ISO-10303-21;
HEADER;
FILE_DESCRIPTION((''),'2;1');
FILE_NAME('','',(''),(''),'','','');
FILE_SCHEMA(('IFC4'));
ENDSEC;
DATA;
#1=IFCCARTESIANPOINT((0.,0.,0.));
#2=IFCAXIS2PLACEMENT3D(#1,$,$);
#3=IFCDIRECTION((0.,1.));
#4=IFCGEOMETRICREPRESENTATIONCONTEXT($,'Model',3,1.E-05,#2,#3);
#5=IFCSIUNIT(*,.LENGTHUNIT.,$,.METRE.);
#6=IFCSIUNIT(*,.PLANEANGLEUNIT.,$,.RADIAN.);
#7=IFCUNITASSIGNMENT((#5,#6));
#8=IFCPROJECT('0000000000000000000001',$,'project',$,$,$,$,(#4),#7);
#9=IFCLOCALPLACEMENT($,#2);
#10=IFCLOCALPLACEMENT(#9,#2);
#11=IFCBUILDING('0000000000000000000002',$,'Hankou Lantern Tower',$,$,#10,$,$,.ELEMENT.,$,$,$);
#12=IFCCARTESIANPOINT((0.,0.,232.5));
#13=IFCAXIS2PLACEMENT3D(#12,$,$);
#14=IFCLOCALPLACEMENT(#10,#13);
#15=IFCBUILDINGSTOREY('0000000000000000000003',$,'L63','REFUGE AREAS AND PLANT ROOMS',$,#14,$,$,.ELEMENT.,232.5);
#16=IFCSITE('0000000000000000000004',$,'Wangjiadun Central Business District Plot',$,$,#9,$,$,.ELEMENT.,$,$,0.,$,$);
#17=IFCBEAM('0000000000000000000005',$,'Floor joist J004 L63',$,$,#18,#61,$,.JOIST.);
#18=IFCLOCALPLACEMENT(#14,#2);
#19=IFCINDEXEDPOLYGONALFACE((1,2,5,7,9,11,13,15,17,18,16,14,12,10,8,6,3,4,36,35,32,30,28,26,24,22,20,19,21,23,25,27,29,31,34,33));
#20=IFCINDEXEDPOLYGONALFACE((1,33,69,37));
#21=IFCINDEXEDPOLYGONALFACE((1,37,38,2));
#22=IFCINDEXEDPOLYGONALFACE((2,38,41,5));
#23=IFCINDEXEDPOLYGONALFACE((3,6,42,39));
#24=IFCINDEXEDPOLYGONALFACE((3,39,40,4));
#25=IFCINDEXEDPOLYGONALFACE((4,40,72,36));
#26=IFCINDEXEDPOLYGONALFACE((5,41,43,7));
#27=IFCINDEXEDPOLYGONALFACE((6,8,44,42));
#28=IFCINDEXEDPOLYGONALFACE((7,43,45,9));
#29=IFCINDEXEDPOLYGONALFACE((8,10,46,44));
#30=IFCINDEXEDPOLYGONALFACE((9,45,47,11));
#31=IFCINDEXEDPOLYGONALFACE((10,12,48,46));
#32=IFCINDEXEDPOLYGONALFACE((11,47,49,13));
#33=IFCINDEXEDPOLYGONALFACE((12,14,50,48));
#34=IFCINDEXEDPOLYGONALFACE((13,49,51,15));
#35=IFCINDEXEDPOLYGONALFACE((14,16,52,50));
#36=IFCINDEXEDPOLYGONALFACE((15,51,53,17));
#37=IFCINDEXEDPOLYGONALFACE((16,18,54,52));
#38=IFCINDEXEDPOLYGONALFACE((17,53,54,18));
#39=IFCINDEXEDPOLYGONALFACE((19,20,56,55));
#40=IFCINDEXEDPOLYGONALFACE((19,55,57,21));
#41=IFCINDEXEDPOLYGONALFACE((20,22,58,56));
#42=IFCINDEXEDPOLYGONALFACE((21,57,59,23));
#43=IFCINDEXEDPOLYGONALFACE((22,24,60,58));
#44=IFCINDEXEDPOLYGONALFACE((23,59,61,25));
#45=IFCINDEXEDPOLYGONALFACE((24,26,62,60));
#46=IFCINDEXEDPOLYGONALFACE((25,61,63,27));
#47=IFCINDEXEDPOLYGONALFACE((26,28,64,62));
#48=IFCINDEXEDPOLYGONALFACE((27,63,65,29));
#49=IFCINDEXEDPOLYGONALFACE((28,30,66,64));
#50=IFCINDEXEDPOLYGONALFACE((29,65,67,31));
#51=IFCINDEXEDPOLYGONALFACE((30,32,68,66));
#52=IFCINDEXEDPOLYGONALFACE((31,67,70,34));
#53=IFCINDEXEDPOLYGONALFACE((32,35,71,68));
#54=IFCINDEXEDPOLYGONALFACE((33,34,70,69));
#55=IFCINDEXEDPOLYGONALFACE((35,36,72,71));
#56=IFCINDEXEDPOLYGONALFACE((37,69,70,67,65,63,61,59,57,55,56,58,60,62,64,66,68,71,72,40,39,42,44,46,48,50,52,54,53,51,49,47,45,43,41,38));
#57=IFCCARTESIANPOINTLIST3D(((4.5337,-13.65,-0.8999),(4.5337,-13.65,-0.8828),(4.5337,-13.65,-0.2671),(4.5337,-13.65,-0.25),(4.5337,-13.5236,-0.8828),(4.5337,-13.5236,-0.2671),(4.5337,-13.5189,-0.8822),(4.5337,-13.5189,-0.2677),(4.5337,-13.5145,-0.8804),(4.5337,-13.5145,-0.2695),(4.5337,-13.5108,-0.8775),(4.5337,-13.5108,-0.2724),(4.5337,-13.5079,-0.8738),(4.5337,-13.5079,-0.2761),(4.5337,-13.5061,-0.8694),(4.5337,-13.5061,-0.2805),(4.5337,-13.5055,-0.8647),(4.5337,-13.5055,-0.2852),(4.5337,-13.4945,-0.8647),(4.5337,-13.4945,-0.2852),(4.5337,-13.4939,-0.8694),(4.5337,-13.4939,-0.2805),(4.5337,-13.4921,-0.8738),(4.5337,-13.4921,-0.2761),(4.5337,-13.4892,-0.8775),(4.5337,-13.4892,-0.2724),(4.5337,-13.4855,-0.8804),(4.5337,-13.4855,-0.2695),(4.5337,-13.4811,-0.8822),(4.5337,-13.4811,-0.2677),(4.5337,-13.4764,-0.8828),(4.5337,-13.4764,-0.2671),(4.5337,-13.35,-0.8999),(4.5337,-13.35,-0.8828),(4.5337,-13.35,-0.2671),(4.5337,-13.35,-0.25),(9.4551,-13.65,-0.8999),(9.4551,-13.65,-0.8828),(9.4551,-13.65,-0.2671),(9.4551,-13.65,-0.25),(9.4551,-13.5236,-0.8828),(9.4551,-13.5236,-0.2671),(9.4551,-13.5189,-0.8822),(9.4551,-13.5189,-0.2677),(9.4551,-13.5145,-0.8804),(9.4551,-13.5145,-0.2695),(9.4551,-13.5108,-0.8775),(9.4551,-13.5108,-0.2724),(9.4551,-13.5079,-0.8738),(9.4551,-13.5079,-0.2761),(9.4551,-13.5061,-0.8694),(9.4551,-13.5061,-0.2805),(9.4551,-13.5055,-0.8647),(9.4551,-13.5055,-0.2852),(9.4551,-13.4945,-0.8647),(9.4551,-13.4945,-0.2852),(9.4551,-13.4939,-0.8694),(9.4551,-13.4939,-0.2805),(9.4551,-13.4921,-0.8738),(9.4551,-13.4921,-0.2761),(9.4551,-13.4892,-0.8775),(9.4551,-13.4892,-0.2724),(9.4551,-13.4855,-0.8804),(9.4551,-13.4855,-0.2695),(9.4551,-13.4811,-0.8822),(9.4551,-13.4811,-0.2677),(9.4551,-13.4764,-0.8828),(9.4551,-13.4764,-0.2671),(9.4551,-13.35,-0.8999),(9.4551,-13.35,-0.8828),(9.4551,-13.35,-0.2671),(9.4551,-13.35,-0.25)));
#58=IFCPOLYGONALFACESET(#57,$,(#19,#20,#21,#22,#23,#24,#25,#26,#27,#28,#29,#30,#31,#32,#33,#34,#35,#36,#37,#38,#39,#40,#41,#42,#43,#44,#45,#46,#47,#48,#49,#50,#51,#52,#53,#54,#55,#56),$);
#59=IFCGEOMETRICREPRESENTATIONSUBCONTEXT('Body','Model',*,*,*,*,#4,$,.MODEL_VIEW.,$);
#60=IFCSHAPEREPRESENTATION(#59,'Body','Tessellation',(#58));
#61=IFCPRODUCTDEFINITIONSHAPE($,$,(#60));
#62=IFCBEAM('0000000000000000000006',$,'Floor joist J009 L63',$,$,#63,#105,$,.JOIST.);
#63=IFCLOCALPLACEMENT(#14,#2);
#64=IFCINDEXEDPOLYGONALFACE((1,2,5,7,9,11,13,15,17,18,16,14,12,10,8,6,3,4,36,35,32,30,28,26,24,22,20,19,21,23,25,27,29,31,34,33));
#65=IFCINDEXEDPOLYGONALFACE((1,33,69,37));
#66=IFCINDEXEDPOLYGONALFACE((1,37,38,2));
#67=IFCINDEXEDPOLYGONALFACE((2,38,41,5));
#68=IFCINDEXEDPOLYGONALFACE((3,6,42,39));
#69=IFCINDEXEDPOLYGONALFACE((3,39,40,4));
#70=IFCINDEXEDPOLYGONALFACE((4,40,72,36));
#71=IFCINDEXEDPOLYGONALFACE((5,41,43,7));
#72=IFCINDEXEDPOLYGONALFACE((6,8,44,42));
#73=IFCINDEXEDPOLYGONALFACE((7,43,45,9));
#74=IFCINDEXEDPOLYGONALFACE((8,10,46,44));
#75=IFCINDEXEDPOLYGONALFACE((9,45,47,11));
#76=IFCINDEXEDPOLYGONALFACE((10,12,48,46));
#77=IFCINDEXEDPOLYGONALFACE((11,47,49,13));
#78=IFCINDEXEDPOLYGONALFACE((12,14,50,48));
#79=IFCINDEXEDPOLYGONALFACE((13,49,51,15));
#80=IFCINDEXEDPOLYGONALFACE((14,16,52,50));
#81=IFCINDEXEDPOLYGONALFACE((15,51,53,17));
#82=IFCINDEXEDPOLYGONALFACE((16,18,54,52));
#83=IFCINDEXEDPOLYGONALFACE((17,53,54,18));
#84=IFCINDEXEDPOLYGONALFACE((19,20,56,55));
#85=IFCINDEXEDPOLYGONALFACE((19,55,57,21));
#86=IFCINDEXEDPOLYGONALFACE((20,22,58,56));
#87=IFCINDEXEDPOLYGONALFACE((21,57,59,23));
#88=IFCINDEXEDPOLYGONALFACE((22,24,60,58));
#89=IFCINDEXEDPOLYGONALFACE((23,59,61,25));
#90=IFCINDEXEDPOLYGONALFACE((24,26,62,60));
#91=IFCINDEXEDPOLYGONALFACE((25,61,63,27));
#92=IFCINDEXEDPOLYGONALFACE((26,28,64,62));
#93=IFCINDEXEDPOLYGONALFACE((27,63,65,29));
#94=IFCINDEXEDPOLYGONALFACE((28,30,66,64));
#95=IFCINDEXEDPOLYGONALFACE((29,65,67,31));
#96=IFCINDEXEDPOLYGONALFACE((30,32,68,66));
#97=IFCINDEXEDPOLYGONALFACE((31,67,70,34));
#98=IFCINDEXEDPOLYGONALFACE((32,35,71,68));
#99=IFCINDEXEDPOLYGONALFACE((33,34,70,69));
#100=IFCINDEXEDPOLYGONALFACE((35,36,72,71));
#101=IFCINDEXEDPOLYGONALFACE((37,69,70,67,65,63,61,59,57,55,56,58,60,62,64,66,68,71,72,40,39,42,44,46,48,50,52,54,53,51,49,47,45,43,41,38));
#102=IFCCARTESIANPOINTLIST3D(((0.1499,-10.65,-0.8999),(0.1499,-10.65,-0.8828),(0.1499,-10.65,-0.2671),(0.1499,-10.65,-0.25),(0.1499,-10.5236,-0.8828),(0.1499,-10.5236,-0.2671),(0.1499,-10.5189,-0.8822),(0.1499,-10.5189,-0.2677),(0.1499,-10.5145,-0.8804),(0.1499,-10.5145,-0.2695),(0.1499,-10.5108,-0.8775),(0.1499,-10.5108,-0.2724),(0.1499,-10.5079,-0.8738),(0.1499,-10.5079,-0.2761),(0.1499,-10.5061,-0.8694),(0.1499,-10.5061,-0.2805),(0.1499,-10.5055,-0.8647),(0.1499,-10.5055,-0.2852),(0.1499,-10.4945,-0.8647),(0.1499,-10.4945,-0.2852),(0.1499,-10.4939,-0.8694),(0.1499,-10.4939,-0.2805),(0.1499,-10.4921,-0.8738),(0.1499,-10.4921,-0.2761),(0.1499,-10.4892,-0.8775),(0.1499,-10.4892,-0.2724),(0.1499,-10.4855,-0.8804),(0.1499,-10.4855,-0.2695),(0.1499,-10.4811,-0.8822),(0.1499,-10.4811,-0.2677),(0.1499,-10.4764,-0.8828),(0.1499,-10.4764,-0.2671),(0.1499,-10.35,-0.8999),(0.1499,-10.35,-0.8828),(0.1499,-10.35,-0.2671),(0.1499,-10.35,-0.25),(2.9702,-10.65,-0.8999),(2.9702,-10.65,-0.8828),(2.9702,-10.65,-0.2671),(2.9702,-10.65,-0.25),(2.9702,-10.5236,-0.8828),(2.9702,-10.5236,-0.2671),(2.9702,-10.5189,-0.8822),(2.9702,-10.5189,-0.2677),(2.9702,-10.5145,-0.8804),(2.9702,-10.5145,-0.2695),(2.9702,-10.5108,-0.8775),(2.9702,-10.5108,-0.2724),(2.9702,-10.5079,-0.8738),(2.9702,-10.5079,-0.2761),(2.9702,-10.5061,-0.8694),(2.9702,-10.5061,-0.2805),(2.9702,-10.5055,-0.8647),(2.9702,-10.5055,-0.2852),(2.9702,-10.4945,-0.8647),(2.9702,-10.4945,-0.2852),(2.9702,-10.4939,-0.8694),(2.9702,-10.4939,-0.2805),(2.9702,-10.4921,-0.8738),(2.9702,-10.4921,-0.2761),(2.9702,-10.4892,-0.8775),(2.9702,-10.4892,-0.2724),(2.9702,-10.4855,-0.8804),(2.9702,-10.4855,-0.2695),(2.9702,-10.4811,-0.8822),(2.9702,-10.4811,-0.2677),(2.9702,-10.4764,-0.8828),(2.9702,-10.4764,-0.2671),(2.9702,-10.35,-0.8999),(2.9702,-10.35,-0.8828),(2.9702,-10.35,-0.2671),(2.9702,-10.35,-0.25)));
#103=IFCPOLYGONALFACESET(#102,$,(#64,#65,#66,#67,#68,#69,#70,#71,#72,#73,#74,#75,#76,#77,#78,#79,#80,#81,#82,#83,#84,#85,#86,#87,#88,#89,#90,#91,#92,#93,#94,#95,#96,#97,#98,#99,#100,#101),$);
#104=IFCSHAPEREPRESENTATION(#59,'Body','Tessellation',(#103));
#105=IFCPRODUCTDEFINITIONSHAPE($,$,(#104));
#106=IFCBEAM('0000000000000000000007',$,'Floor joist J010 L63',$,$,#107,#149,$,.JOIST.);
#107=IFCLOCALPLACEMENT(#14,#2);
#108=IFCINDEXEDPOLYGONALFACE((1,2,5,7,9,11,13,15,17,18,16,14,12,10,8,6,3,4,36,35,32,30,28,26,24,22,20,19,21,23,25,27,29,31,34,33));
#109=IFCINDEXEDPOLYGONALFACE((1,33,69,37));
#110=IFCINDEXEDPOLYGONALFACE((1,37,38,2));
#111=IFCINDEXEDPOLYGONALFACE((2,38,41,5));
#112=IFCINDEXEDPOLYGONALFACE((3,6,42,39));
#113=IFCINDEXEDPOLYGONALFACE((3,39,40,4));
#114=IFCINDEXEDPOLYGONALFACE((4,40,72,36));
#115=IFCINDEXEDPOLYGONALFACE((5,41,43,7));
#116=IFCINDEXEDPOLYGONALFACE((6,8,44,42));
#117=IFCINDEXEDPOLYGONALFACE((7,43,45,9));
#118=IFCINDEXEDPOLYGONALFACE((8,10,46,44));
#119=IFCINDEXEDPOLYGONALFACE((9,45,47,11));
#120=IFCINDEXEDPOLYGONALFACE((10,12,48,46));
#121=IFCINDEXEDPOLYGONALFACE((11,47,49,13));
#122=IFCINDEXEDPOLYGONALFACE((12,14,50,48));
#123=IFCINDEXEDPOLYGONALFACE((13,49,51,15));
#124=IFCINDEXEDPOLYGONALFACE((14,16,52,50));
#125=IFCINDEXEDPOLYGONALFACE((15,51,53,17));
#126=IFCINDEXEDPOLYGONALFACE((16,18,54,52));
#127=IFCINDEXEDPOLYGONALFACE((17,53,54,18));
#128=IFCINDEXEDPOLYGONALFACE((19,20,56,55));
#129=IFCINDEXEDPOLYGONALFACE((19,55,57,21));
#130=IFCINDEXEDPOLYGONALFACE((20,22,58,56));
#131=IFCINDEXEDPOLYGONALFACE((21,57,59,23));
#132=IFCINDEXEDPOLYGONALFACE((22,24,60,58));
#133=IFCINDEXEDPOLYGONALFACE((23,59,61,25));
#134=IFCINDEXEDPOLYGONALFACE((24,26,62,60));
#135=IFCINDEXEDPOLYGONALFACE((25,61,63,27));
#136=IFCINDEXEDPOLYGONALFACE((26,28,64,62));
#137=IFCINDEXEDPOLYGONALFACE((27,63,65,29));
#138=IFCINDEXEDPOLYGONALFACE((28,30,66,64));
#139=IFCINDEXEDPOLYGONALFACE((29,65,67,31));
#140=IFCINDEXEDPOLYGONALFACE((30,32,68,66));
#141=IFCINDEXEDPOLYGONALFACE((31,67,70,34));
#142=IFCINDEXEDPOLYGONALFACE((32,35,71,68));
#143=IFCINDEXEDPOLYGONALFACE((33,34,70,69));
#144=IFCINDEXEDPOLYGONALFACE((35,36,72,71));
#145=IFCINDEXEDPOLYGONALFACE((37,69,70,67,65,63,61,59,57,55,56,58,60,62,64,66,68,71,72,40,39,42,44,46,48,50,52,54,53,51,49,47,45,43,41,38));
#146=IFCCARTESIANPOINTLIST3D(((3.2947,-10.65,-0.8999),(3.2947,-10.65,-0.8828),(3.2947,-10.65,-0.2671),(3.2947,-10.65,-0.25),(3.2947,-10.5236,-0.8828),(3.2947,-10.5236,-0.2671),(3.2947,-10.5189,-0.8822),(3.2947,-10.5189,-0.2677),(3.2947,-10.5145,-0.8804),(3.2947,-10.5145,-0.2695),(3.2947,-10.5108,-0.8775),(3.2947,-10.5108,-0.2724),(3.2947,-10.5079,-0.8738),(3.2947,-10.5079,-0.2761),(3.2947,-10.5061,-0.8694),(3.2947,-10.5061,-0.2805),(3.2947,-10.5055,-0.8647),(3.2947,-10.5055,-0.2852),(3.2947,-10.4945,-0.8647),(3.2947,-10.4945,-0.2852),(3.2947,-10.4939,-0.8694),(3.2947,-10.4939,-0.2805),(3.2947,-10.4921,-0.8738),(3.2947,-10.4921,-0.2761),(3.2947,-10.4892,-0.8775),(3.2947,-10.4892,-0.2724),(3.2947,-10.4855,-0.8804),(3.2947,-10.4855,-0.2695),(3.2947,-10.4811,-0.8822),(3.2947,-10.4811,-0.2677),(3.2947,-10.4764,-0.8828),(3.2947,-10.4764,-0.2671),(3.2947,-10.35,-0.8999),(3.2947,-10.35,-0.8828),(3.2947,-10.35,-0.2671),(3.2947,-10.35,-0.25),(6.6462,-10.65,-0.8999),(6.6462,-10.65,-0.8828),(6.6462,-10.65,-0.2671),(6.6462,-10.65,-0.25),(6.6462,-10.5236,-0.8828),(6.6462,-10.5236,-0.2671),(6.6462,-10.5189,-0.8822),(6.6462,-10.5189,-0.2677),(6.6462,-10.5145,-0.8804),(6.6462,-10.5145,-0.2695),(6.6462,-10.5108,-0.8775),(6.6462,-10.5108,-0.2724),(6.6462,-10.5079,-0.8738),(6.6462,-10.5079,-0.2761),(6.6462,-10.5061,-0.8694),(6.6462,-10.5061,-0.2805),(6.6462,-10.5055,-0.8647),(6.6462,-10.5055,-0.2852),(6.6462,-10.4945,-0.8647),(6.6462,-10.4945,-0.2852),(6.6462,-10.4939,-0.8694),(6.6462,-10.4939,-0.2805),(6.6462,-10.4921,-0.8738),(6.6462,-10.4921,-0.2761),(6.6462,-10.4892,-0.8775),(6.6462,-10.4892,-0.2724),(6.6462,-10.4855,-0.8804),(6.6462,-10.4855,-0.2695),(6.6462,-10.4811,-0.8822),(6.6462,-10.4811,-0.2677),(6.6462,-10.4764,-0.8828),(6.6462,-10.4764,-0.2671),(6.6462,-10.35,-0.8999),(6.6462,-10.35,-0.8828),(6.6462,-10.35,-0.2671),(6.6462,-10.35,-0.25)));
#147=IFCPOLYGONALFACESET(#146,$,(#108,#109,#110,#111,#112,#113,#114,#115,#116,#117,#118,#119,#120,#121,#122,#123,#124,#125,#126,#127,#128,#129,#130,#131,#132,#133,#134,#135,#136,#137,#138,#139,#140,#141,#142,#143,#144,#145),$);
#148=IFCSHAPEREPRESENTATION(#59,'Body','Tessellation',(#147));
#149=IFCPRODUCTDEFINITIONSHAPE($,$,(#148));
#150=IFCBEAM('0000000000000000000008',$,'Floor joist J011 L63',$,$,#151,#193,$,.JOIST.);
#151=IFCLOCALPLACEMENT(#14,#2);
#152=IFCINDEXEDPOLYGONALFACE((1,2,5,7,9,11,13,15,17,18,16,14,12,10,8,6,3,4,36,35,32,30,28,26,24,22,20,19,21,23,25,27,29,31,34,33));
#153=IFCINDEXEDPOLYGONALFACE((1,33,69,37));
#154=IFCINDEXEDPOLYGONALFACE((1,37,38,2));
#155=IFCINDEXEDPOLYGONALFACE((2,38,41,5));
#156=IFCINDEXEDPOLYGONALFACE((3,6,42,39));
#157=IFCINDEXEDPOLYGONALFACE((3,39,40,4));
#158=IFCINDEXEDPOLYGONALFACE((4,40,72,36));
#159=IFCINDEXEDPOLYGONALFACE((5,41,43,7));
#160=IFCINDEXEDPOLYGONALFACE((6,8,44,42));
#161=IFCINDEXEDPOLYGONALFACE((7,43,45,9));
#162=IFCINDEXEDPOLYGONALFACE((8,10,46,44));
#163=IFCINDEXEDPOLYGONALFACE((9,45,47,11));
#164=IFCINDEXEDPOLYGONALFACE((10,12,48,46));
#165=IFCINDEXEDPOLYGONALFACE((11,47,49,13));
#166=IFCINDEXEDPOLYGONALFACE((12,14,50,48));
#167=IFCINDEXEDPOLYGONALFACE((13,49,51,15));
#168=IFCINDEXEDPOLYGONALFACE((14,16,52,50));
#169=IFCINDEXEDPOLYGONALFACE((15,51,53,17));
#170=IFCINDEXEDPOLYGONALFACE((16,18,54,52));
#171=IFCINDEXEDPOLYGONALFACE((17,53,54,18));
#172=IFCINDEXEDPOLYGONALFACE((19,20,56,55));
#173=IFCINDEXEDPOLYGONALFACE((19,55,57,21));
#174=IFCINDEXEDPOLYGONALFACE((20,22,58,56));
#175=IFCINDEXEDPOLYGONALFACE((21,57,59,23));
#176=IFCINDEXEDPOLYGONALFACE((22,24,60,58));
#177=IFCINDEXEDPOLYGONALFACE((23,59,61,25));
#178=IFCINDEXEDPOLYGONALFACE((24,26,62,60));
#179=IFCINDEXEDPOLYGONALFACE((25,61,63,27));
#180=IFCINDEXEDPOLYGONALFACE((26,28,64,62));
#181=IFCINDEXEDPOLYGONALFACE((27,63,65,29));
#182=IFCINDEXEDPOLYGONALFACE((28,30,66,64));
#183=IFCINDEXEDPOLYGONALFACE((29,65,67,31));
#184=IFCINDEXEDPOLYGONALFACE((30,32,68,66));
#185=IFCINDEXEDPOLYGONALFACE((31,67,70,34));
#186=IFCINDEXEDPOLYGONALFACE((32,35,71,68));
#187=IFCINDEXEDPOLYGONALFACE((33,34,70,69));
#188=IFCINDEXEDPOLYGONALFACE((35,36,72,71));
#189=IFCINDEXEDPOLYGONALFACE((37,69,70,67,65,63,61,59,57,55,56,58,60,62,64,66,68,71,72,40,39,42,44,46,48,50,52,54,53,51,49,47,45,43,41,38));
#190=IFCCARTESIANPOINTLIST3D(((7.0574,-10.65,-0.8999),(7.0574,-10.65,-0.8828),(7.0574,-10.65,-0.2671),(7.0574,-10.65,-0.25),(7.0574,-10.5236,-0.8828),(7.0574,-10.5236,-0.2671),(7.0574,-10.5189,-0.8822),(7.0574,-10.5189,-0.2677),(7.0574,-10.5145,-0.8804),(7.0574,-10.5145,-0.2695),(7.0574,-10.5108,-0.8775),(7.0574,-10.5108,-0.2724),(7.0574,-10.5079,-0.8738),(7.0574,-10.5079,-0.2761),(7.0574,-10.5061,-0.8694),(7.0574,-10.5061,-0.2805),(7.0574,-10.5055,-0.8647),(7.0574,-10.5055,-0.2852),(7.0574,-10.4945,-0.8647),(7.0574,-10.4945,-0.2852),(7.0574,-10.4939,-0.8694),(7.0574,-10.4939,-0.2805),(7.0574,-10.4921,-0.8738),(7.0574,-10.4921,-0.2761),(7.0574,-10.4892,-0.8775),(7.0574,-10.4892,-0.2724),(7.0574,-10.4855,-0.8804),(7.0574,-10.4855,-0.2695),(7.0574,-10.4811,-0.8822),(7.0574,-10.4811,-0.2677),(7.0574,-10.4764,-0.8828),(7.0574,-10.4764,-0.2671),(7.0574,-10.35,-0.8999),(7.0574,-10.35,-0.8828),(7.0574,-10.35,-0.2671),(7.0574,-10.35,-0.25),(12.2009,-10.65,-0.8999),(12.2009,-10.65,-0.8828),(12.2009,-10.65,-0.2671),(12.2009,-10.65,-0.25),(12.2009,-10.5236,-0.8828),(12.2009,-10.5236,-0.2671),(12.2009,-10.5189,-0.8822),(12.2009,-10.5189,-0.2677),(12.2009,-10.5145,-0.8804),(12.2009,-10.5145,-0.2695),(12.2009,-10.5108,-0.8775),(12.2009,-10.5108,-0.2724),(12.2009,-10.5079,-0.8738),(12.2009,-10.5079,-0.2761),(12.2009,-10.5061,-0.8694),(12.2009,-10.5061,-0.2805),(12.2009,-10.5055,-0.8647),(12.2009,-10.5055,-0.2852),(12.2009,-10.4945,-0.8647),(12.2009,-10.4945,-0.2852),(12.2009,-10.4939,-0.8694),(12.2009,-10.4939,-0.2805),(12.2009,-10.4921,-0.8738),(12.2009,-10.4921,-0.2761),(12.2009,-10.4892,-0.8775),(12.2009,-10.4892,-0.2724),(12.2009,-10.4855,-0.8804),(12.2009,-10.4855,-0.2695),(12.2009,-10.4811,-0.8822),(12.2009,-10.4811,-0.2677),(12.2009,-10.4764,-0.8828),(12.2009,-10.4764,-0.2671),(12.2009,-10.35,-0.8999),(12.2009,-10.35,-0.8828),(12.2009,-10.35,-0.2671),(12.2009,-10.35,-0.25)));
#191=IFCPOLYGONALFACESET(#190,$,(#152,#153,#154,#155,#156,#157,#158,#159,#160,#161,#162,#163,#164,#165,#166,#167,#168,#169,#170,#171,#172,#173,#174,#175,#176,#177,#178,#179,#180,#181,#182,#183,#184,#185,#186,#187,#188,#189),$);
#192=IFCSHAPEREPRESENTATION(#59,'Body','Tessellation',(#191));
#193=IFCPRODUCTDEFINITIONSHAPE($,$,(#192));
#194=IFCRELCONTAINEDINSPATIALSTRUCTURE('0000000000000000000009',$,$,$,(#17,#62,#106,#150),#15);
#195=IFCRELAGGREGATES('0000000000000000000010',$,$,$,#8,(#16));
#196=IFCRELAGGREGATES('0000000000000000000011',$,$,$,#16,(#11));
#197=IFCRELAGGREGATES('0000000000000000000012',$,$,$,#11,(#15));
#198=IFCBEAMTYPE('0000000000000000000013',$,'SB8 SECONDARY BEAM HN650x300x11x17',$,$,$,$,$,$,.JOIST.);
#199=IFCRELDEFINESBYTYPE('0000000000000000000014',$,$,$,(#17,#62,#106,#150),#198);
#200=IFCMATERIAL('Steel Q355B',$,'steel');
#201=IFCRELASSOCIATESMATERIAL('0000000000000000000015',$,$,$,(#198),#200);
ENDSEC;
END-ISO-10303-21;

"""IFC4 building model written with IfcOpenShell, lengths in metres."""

from ifc_helpers import new_model, si_unit, direction, frame, origin, origin_2d, place, context, subcontext, project, spatial, i_section, extrude, material, material_profile, profile_set, type_object, element, save


model = new_model("IFC4")

# Units and contexts
model_context = context("Model", 3, precision=1e-05, world=origin(), true_north=direction((0.0, 1.0)))
body_context = subcontext(model_context, "Body", "Model", "MODEL_VIEW")
ifc_project = project(units=[si_unit("LENGTHUNIT", "METRE"), si_unit("PLANEANGLEUNIT", "RADIAN")], contexts=[model_context])

# Site, building, storey
site_placement = place(None, origin())
site = spatial("IfcSite", under=ifc_project, at=site_placement, Name="Wangjiadun Central Business District Plot", CompositionType="ELEMENT", RefElevation=0.0)
building_placement = place(site_placement, origin())
building = spatial("IfcBuilding", under=site, at=building_placement, Name="Hankou Lantern Tower", CompositionType="ELEMENT")
storey_placement = place(building_placement, frame((0.0, 0.0, 232.5)))
storey = spatial("IfcBuildingStorey", under=building, at=storey_placement, Name="L63", Description="REFUGE AREAS AND PLANT ROOMS", CompositionType="ELEMENT", Elevation=232.5)

# Beams
ifc_material_1 = material(Name="Steel Q355B", Category="steel")
ifc_material_profile_1 = material_profile(ifc_material_1, i_section(OverallWidth=0.3, OverallDepth=0.6499, WebThickness=0.011, FlangeThickness=0.0171, FilletRadius=0.0181, at=origin_2d()), Name="HN650x300x11x17")
ifc_profile_set_1 = profile_set([ifc_material_profile_1], Name="Steel Q355B")
beam_type_1 = type_object("IfcBeamType", Name="SB8 SECONDARY BEAM HN650x300x11x17", PredefinedType="JOIST", material=ifc_profile_set_1)
beam_1_placement = place(storey_placement, frame((4.5337, -13.5, -0.575), z_axis=(1.0, 0.0, 0.0), x_axis=(0.0, 1.0, 0.0)))
element("IfcBeam", 1, at=beam_1_placement, inside=storey, type_object=beam_type_1, Name="Floor joist J004 L63", PredefinedType="JOIST", context=body_context, shape_type="SweptSolid", body=[
    extrude(i_section(OverallWidth=0.3, OverallDepth=0.6499, WebThickness=0.011, FlangeThickness=0.0171, FilletRadius=0.0181, at=origin_2d()), origin(), (0.0, 0.0, 1.0), 4.9214),
])
beam_2_placement = place(storey_placement, frame((0.1499, -10.5, -0.575), z_axis=(1.0, 0.0, 0.0), x_axis=(0.0, 1.0, 0.0)))
element("IfcBeam", 2, at=beam_2_placement, inside=storey, type_object=beam_type_1, Name="Floor joist J009 L63", PredefinedType="JOIST", context=body_context, shape_type="SweptSolid", body=[
    extrude(i_section(OverallWidth=0.3, OverallDepth=0.6499, WebThickness=0.011, FlangeThickness=0.0171, FilletRadius=0.0181, at=origin_2d()), origin(), (0.0, 0.0, 1.0), 2.8203),
])
beam_3_placement = place(storey_placement, frame((3.2947, -10.5, -0.575), z_axis=(1.0, 0.0, 0.0), x_axis=(0.0, 1.0, 0.0)))
element("IfcBeam", 3, at=beam_3_placement, inside=storey, type_object=beam_type_1, Name="Floor joist J010 L63", PredefinedType="JOIST", context=body_context, shape_type="SweptSolid", body=[
    extrude(i_section(OverallWidth=0.3, OverallDepth=0.6499, WebThickness=0.011, FlangeThickness=0.0171, FilletRadius=0.0181, at=origin_2d()), origin(), (0.0, 0.0, 1.0), 3.3516),
])
beam_4_placement = place(storey_placement, frame((7.0574, -10.5, -0.575), z_axis=(1.0, 0.0, 0.0), x_axis=(0.0, 1.0, 0.0)))
element("IfcBeam", 4, at=beam_4_placement, inside=storey, type_object=beam_type_1, Name="Floor joist J011 L63", PredefinedType="JOIST", context=body_context, shape_type="SweptSolid", body=[
    extrude(i_section(OverallWidth=0.3, OverallDepth=0.6499, WebThickness=0.011, FlangeThickness=0.0171, FilletRadius=0.0181, at=origin_2d()), origin(), (0.0, 0.0, 1.0), 5.1436),
])

save(model, "model.ifc")
